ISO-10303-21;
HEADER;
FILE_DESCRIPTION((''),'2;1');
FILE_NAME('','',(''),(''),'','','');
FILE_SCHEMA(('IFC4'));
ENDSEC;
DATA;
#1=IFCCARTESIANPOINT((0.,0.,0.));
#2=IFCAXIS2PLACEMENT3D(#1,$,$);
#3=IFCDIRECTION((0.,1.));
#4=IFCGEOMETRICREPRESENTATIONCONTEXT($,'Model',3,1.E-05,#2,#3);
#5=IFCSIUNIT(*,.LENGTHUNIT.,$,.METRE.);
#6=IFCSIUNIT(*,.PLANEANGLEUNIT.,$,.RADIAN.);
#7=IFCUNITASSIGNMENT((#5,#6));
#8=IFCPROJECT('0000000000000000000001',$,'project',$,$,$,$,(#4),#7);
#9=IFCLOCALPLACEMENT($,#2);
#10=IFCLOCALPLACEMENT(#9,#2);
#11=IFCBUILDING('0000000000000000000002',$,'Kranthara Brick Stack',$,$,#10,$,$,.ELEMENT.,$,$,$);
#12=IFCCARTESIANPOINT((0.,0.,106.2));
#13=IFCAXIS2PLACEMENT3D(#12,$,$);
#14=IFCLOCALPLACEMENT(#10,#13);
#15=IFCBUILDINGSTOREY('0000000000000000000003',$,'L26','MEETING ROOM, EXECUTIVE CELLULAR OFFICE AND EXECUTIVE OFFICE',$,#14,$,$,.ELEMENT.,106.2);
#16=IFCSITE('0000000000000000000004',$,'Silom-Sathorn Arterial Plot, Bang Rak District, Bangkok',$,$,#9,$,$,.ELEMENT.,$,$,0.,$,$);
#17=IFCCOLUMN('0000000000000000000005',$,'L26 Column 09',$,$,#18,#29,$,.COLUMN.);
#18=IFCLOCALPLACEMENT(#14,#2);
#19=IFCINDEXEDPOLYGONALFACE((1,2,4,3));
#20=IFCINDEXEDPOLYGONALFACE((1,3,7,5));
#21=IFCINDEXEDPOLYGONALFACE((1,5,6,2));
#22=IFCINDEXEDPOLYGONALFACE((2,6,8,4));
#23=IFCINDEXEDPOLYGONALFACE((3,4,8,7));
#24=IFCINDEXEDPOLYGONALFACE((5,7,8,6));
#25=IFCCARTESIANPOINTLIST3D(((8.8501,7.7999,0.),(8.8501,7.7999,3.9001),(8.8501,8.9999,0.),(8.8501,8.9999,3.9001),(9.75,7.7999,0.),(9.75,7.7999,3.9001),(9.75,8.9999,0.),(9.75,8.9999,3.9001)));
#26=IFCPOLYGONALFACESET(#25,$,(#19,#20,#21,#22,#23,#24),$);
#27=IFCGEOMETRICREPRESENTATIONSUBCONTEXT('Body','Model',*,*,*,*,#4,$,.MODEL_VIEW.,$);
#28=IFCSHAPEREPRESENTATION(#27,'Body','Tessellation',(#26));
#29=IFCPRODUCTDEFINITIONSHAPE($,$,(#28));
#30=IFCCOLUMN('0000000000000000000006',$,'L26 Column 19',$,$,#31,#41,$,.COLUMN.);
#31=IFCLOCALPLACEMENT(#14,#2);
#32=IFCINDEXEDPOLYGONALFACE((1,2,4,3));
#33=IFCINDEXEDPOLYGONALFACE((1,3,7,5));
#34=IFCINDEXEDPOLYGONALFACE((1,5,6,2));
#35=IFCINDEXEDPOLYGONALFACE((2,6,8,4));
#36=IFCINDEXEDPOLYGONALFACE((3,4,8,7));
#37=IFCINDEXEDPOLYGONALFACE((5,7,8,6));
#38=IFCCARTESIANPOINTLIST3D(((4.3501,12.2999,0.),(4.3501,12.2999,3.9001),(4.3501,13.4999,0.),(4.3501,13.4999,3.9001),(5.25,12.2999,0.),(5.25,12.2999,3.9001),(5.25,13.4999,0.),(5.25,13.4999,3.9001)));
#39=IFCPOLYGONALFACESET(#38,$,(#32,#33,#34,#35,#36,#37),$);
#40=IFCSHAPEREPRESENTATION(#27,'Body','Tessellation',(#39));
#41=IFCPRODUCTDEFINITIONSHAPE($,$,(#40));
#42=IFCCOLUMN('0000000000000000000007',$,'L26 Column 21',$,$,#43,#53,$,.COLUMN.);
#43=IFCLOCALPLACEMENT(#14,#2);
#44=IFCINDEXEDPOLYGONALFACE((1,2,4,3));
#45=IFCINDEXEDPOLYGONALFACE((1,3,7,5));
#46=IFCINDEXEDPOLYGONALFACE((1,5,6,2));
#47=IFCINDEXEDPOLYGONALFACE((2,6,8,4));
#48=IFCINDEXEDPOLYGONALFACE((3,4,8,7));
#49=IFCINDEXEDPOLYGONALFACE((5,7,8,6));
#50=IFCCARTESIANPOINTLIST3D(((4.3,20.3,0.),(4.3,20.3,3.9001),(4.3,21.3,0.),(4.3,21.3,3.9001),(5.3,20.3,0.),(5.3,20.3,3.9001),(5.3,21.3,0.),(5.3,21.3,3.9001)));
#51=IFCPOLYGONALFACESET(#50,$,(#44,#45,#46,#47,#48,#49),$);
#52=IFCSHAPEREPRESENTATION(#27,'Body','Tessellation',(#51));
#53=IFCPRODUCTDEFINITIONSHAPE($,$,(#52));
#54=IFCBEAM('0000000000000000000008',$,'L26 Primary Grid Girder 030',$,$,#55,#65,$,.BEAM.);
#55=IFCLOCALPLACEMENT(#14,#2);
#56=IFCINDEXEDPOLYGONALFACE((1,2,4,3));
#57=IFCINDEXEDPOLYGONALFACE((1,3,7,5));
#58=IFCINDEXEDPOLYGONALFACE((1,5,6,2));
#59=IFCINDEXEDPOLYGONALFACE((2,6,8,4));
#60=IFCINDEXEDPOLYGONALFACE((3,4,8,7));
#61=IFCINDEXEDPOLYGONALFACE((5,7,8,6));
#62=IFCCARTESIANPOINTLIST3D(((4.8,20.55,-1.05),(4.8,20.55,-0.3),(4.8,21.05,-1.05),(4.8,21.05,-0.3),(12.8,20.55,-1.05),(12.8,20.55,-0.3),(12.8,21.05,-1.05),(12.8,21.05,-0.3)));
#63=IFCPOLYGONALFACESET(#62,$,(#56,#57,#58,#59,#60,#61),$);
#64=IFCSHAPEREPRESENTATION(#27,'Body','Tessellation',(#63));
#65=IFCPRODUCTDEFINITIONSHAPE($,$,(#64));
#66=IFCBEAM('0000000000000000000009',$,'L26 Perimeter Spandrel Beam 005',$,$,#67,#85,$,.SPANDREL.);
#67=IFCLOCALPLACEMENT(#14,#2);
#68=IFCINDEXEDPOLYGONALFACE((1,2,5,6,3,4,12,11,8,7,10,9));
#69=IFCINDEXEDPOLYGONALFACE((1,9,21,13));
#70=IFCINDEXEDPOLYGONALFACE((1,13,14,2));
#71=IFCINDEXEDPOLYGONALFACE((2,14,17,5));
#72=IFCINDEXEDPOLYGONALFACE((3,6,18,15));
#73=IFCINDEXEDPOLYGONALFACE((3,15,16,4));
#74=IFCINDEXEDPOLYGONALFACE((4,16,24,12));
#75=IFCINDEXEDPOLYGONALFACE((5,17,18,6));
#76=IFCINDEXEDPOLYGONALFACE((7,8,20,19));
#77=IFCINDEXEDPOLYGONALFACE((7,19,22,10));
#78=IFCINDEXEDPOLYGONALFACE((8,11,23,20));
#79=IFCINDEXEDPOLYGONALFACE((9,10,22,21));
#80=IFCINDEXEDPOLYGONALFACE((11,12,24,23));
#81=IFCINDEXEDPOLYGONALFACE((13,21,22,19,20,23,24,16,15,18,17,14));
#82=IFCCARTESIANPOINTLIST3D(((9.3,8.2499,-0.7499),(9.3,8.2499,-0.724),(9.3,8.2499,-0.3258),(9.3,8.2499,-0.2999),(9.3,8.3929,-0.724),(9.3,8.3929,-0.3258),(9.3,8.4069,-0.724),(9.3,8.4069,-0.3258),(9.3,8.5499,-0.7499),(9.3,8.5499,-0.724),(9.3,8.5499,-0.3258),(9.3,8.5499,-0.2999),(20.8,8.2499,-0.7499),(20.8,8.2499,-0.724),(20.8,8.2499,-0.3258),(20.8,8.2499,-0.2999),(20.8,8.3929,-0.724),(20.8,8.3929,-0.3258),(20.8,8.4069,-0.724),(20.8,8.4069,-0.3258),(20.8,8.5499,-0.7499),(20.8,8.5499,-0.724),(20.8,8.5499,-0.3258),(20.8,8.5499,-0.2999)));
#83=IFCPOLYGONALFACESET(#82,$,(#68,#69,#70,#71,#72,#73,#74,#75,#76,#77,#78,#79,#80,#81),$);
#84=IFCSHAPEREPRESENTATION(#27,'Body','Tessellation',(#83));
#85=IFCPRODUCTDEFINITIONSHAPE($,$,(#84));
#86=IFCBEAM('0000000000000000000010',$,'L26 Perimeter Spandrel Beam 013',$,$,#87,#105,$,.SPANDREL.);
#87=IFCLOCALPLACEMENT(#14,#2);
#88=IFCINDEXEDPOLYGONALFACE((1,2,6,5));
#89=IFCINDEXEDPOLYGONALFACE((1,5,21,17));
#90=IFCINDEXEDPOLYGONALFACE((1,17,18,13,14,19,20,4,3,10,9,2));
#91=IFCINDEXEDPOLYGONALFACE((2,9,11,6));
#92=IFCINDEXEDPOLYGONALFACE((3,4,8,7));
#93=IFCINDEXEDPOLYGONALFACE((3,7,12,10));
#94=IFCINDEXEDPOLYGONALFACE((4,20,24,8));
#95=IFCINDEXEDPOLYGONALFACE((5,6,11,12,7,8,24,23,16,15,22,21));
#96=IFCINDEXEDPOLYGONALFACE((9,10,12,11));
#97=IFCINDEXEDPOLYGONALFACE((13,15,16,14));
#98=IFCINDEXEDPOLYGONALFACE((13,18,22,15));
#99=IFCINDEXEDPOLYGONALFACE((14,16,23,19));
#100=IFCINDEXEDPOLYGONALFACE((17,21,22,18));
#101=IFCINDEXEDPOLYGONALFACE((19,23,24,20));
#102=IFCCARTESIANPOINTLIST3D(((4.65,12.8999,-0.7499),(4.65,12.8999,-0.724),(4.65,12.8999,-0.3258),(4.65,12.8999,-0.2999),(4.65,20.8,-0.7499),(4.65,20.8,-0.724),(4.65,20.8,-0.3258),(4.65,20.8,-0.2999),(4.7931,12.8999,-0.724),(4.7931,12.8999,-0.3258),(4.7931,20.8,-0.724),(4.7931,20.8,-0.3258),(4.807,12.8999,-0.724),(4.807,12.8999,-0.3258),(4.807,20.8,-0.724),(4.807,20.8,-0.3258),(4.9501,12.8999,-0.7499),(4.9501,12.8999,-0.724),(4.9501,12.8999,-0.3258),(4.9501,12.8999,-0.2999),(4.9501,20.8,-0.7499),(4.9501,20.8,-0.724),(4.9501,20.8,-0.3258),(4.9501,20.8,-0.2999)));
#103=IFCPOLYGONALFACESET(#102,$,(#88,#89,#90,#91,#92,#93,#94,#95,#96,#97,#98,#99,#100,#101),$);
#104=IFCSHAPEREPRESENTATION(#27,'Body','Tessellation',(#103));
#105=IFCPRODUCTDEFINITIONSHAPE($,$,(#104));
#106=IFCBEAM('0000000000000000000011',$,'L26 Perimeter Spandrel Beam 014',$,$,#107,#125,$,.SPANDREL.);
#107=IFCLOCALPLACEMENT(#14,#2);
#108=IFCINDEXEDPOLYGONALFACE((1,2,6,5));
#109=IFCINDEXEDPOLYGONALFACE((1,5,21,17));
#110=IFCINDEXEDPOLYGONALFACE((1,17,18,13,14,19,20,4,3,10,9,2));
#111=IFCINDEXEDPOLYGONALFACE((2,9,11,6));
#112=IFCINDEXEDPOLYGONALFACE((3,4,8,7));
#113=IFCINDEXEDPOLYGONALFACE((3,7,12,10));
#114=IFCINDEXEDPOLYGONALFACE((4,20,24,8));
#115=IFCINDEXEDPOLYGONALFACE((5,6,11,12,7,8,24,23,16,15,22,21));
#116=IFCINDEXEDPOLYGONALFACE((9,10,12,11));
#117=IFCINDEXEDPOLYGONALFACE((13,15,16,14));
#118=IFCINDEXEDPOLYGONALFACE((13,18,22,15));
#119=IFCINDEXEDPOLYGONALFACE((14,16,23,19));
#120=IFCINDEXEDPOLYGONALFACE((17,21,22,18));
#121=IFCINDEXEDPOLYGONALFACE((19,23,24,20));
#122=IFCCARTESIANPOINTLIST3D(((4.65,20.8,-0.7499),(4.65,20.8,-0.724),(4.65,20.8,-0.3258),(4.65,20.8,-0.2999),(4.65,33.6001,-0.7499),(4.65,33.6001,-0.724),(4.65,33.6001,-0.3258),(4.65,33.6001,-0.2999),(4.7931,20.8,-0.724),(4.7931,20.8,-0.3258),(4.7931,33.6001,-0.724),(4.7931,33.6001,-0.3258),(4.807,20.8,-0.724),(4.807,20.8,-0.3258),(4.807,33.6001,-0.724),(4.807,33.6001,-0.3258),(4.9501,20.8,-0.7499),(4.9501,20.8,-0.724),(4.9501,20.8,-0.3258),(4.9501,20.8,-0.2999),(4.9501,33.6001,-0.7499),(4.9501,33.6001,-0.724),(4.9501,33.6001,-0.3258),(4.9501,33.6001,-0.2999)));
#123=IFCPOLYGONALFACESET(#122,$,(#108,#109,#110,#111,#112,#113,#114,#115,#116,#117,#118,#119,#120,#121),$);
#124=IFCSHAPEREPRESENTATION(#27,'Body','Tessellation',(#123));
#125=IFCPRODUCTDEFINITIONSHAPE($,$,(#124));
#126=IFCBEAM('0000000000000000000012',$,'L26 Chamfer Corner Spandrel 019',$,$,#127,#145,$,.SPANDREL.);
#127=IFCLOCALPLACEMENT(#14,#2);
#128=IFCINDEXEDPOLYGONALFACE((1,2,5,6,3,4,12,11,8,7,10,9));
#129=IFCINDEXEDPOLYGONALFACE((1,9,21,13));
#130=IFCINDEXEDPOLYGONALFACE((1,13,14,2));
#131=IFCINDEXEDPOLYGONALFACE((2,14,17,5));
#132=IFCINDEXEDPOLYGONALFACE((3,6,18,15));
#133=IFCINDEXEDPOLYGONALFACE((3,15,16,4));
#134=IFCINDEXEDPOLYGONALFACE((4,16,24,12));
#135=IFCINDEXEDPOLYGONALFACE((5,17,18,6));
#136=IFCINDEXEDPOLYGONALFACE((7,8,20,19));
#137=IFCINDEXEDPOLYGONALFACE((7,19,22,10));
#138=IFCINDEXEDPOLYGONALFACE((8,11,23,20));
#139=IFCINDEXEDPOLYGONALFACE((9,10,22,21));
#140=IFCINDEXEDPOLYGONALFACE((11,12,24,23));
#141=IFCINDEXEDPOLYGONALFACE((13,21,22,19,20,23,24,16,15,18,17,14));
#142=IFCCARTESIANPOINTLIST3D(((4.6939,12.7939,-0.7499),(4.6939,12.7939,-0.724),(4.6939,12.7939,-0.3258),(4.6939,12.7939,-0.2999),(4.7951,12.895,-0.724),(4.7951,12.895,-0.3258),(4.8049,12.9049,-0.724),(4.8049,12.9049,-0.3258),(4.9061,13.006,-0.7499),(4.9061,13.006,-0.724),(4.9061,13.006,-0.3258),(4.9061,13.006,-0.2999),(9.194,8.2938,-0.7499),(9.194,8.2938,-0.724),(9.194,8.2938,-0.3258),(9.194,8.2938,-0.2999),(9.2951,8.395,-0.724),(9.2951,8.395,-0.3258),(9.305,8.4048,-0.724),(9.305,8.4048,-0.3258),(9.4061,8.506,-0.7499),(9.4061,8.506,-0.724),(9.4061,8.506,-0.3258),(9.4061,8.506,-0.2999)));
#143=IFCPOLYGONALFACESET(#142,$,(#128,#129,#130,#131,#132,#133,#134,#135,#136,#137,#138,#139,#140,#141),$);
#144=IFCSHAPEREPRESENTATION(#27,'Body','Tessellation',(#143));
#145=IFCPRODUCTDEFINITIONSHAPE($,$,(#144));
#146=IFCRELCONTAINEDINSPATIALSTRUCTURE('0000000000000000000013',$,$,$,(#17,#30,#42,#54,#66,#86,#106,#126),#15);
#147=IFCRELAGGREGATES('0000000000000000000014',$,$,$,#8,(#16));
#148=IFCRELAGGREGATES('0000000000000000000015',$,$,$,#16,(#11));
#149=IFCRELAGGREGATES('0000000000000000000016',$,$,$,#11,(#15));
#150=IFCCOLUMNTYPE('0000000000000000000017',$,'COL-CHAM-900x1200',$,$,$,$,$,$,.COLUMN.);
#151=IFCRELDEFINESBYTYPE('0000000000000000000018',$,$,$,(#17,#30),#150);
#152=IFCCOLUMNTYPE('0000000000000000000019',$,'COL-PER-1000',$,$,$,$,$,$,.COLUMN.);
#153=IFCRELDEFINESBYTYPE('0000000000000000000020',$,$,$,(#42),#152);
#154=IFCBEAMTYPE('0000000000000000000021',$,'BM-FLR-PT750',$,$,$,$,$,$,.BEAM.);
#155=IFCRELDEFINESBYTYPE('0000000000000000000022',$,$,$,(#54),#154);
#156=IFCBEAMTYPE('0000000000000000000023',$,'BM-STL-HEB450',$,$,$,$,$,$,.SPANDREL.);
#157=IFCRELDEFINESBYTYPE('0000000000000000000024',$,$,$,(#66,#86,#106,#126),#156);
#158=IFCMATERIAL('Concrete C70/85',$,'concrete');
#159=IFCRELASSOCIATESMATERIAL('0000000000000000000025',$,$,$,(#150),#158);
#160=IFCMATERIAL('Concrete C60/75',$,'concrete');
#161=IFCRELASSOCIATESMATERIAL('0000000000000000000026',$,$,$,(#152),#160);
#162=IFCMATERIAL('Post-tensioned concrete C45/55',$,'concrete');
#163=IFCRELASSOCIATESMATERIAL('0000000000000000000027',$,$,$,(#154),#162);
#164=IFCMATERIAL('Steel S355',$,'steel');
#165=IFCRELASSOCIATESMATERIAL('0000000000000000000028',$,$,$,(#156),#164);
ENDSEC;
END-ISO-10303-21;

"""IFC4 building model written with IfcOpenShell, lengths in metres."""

from ifc_helpers import new_model, si_unit, direction, frame, origin, origin_2d, place, context, subcontext, project, spatial, rectangle, i_section, extrude, material, material_profile, profile_set, type_object, element, save


model = new_model("IFC4")

# Units and contexts
model_context = context("Model", 3, precision=1e-05, world=origin(), true_north=direction((0.0, 1.0)))
body_context = subcontext(model_context, "Body", "Model", "MODEL_VIEW")
ifc_project = project(units=[si_unit("LENGTHUNIT", "METRE"), si_unit("PLANEANGLEUNIT", "RADIAN")], contexts=[model_context])

# Site, building, storey
site_placement = place(None, origin())
site = spatial("IfcSite", under=ifc_project, at=site_placement, Name="Silom-Sathorn Arterial Plot, Bang Rak District, Bangkok", CompositionType="ELEMENT", RefElevation=0.0)
building_placement = place(site_placement, origin())
building = spatial("IfcBuilding", under=site, at=building_placement, Name="Kranthara Brick Stack", CompositionType="ELEMENT")
storey_placement = place(building_placement, frame((0.0, 0.0, 106.2)))
storey = spatial("IfcBuildingStorey", under=building, at=storey_placement, Name="L26", Description="MEETING ROOM, EXECUTIVE CELLULAR OFFICE AND EXECUTIVE OFFICE", CompositionType="ELEMENT", Elevation=106.2)

# Columns
ifc_material_1 = material(Name="Concrete C70/85", Category="concrete")
ifc_material_profile_1 = material_profile(ifc_material_1, rectangle(XDim=0.8999, YDim=1.2, at=origin_2d()), Name="RC 900x1200")
ifc_profile_set_1 = profile_set([ifc_material_profile_1], Name="Concrete C70/85")
column_type_1 = type_object("IfcColumnType", Name="COL-CHAM-900x1200", PredefinedType="COLUMN", material=ifc_profile_set_1)
for number, where, z_axis, x_axis, name in (
    (1, (9.3, 8.3999, 0.0), (0.0, 0.0, 1.0), (1.0, 0.0, 0.0), "L26 Column 09"),
    (2, (4.8, 12.8999, 0.0), (0.0, 0.0, 1.0), (1.0, 0.0, 0.0), "L26 Column 19"),
):
    element("IfcColumn", number, at=place(storey_placement, frame(where, z_axis=z_axis, x_axis=x_axis)), inside=storey, type_object=column_type_1, Name=name, PredefinedType="COLUMN", context=body_context, shape_type="SweptSolid", body=[
        extrude(rectangle(XDim=0.8999, YDim=1.2, at=origin_2d()), origin(), (0.0, 0.0, 1.0), 3.9001),
    ])
ifc_material_2 = material(Name="Concrete C60/75", Category="concrete")
ifc_material_profile_2 = material_profile(ifc_material_2, rectangle(XDim=1.0, YDim=1.0, at=origin_2d()), Name="RC 1000x1000")
ifc_profile_set_2 = profile_set([ifc_material_profile_2], Name="Concrete C60/75")
column_type_2 = type_object("IfcColumnType", Name="COL-PER-1000", PredefinedType="COLUMN", material=ifc_profile_set_2)
column_placement = place(storey_placement, frame((4.8, 20.8, 0.0), z_axis=(0.0, 0.0, 1.0), x_axis=(1.0, 0.0, 0.0)))
element("IfcColumn", 3, at=column_placement, inside=storey, type_object=column_type_2, Name="L26 Column 21", PredefinedType="COLUMN", context=body_context, shape_type="SweptSolid", body=[
    extrude(rectangle(XDim=1.0, YDim=1.0, at=origin_2d()), origin(), (0.0, 0.0, 1.0), 3.9001),
])

# Beams
ifc_material_3 = material(Name="Post-tensioned concrete C45/55", Category="concrete")
ifc_material_profile_3 = material_profile(ifc_material_3, rectangle(XDim=0.5, YDim=0.75, at=origin_2d()), Name="PT 500x750")
ifc_profile_set_3 = profile_set([ifc_material_profile_3], Name="Post-tensioned concrete C45/55")
beam_type_1 = type_object("IfcBeamType", Name="BM-FLR-PT750", PredefinedType="BEAM", material=ifc_profile_set_3)
beam_1_placement = place(storey_placement, frame((4.8, 20.8, -0.675), z_axis=(1.0, 0.0, 0.0), x_axis=(0.0, 1.0, 0.0)))
element("IfcBeam", 4, at=beam_1_placement, inside=storey, type_object=beam_type_1, Name="L26 Primary Grid Girder 030", PredefinedType="BEAM", context=body_context, shape_type="SweptSolid", body=[
    extrude(rectangle(XDim=0.5, YDim=0.75, at=origin_2d()), origin(), (0.0, 0.0, 1.0), 8.0),
])
ifc_material_4 = material(Name="Steel S355", Category="steel")
ifc_material_profile_4 = material_profile(ifc_material_4, i_section(OverallWidth=0.3, OverallDepth=0.45, WebThickness=0.0139, FlangeThickness=0.0259, at=origin_2d()), Name="HEB 450")
ifc_profile_set_4 = profile_set([ifc_material_profile_4], Name="Steel S355")
beam_type_2 = type_object("IfcBeamType", Name="BM-STL-HEB450", PredefinedType="SPANDREL", material=ifc_profile_set_4)
beam_2_placement = place(storey_placement, frame((9.3, 8.3999, -0.5249), z_axis=(1.0, 0.0, 0.0), x_axis=(0.0, 1.0, 0.0)))
element("IfcBeam", 5, at=beam_2_placement, inside=storey, type_object=beam_type_2, Name="L26 Perimeter Spandrel Beam 005", PredefinedType="SPANDREL", context=body_context, shape_type="SweptSolid", body=[
    extrude(i_section(OverallWidth=0.3, OverallDepth=0.45, WebThickness=0.0139, FlangeThickness=0.0259, at=origin_2d()), origin(), (0.0, 0.0, 1.0), 11.5),
])
beam_3_placement = place(storey_placement, frame((4.8, 12.8999, -0.5249), z_axis=(0.0, 1.0, 0.0), x_axis=(-1.0, 0.0, 0.0)))
element("IfcBeam", 6, at=beam_3_placement, inside=storey, type_object=beam_type_2, Name="L26 Perimeter Spandrel Beam 013", PredefinedType="SPANDREL", context=body_context, shape_type="SweptSolid", body=[
    extrude(i_section(OverallWidth=0.3, OverallDepth=0.45, WebThickness=0.0139, FlangeThickness=0.0259, at=origin_2d()), origin(), (0.0, 0.0, 1.0), 7.9001),
])
beam_4_placement = place(storey_placement, frame((4.8, 20.8, -0.5249), z_axis=(0.0, 1.0, 0.0), x_axis=(-1.0, 0.0, 0.0)))
element("IfcBeam", 7, at=beam_4_placement, inside=storey, type_object=beam_type_2, Name="L26 Perimeter Spandrel Beam 014", PredefinedType="SPANDREL", context=body_context, shape_type="SweptSolid", body=[
    extrude(i_section(OverallWidth=0.3, OverallDepth=0.45, WebThickness=0.0139, FlangeThickness=0.0259, at=origin_2d()), origin(), (0.0, 0.0, 1.0), 12.8),
])
beam_5_placement = place(storey_placement, frame((9.3, 8.3999, -0.5249), z_axis=(-0.707107, 0.707107, 0.0), x_axis=(-0.707107, -0.707107, 0.0)))
element("IfcBeam", 8, at=beam_5_placement, inside=storey, type_object=beam_type_2, Name="L26 Chamfer Corner Spandrel 019", PredefinedType="SPANDREL", context=body_context, shape_type="SweptSolid", body=[
    extrude(i_section(OverallWidth=0.3, OverallDepth=0.45, WebThickness=0.0139, FlangeThickness=0.0259, at=origin_2d()), origin(), (0.0, 0.0, 1.0), 6.364),
])

save(model, "model.ifc")
